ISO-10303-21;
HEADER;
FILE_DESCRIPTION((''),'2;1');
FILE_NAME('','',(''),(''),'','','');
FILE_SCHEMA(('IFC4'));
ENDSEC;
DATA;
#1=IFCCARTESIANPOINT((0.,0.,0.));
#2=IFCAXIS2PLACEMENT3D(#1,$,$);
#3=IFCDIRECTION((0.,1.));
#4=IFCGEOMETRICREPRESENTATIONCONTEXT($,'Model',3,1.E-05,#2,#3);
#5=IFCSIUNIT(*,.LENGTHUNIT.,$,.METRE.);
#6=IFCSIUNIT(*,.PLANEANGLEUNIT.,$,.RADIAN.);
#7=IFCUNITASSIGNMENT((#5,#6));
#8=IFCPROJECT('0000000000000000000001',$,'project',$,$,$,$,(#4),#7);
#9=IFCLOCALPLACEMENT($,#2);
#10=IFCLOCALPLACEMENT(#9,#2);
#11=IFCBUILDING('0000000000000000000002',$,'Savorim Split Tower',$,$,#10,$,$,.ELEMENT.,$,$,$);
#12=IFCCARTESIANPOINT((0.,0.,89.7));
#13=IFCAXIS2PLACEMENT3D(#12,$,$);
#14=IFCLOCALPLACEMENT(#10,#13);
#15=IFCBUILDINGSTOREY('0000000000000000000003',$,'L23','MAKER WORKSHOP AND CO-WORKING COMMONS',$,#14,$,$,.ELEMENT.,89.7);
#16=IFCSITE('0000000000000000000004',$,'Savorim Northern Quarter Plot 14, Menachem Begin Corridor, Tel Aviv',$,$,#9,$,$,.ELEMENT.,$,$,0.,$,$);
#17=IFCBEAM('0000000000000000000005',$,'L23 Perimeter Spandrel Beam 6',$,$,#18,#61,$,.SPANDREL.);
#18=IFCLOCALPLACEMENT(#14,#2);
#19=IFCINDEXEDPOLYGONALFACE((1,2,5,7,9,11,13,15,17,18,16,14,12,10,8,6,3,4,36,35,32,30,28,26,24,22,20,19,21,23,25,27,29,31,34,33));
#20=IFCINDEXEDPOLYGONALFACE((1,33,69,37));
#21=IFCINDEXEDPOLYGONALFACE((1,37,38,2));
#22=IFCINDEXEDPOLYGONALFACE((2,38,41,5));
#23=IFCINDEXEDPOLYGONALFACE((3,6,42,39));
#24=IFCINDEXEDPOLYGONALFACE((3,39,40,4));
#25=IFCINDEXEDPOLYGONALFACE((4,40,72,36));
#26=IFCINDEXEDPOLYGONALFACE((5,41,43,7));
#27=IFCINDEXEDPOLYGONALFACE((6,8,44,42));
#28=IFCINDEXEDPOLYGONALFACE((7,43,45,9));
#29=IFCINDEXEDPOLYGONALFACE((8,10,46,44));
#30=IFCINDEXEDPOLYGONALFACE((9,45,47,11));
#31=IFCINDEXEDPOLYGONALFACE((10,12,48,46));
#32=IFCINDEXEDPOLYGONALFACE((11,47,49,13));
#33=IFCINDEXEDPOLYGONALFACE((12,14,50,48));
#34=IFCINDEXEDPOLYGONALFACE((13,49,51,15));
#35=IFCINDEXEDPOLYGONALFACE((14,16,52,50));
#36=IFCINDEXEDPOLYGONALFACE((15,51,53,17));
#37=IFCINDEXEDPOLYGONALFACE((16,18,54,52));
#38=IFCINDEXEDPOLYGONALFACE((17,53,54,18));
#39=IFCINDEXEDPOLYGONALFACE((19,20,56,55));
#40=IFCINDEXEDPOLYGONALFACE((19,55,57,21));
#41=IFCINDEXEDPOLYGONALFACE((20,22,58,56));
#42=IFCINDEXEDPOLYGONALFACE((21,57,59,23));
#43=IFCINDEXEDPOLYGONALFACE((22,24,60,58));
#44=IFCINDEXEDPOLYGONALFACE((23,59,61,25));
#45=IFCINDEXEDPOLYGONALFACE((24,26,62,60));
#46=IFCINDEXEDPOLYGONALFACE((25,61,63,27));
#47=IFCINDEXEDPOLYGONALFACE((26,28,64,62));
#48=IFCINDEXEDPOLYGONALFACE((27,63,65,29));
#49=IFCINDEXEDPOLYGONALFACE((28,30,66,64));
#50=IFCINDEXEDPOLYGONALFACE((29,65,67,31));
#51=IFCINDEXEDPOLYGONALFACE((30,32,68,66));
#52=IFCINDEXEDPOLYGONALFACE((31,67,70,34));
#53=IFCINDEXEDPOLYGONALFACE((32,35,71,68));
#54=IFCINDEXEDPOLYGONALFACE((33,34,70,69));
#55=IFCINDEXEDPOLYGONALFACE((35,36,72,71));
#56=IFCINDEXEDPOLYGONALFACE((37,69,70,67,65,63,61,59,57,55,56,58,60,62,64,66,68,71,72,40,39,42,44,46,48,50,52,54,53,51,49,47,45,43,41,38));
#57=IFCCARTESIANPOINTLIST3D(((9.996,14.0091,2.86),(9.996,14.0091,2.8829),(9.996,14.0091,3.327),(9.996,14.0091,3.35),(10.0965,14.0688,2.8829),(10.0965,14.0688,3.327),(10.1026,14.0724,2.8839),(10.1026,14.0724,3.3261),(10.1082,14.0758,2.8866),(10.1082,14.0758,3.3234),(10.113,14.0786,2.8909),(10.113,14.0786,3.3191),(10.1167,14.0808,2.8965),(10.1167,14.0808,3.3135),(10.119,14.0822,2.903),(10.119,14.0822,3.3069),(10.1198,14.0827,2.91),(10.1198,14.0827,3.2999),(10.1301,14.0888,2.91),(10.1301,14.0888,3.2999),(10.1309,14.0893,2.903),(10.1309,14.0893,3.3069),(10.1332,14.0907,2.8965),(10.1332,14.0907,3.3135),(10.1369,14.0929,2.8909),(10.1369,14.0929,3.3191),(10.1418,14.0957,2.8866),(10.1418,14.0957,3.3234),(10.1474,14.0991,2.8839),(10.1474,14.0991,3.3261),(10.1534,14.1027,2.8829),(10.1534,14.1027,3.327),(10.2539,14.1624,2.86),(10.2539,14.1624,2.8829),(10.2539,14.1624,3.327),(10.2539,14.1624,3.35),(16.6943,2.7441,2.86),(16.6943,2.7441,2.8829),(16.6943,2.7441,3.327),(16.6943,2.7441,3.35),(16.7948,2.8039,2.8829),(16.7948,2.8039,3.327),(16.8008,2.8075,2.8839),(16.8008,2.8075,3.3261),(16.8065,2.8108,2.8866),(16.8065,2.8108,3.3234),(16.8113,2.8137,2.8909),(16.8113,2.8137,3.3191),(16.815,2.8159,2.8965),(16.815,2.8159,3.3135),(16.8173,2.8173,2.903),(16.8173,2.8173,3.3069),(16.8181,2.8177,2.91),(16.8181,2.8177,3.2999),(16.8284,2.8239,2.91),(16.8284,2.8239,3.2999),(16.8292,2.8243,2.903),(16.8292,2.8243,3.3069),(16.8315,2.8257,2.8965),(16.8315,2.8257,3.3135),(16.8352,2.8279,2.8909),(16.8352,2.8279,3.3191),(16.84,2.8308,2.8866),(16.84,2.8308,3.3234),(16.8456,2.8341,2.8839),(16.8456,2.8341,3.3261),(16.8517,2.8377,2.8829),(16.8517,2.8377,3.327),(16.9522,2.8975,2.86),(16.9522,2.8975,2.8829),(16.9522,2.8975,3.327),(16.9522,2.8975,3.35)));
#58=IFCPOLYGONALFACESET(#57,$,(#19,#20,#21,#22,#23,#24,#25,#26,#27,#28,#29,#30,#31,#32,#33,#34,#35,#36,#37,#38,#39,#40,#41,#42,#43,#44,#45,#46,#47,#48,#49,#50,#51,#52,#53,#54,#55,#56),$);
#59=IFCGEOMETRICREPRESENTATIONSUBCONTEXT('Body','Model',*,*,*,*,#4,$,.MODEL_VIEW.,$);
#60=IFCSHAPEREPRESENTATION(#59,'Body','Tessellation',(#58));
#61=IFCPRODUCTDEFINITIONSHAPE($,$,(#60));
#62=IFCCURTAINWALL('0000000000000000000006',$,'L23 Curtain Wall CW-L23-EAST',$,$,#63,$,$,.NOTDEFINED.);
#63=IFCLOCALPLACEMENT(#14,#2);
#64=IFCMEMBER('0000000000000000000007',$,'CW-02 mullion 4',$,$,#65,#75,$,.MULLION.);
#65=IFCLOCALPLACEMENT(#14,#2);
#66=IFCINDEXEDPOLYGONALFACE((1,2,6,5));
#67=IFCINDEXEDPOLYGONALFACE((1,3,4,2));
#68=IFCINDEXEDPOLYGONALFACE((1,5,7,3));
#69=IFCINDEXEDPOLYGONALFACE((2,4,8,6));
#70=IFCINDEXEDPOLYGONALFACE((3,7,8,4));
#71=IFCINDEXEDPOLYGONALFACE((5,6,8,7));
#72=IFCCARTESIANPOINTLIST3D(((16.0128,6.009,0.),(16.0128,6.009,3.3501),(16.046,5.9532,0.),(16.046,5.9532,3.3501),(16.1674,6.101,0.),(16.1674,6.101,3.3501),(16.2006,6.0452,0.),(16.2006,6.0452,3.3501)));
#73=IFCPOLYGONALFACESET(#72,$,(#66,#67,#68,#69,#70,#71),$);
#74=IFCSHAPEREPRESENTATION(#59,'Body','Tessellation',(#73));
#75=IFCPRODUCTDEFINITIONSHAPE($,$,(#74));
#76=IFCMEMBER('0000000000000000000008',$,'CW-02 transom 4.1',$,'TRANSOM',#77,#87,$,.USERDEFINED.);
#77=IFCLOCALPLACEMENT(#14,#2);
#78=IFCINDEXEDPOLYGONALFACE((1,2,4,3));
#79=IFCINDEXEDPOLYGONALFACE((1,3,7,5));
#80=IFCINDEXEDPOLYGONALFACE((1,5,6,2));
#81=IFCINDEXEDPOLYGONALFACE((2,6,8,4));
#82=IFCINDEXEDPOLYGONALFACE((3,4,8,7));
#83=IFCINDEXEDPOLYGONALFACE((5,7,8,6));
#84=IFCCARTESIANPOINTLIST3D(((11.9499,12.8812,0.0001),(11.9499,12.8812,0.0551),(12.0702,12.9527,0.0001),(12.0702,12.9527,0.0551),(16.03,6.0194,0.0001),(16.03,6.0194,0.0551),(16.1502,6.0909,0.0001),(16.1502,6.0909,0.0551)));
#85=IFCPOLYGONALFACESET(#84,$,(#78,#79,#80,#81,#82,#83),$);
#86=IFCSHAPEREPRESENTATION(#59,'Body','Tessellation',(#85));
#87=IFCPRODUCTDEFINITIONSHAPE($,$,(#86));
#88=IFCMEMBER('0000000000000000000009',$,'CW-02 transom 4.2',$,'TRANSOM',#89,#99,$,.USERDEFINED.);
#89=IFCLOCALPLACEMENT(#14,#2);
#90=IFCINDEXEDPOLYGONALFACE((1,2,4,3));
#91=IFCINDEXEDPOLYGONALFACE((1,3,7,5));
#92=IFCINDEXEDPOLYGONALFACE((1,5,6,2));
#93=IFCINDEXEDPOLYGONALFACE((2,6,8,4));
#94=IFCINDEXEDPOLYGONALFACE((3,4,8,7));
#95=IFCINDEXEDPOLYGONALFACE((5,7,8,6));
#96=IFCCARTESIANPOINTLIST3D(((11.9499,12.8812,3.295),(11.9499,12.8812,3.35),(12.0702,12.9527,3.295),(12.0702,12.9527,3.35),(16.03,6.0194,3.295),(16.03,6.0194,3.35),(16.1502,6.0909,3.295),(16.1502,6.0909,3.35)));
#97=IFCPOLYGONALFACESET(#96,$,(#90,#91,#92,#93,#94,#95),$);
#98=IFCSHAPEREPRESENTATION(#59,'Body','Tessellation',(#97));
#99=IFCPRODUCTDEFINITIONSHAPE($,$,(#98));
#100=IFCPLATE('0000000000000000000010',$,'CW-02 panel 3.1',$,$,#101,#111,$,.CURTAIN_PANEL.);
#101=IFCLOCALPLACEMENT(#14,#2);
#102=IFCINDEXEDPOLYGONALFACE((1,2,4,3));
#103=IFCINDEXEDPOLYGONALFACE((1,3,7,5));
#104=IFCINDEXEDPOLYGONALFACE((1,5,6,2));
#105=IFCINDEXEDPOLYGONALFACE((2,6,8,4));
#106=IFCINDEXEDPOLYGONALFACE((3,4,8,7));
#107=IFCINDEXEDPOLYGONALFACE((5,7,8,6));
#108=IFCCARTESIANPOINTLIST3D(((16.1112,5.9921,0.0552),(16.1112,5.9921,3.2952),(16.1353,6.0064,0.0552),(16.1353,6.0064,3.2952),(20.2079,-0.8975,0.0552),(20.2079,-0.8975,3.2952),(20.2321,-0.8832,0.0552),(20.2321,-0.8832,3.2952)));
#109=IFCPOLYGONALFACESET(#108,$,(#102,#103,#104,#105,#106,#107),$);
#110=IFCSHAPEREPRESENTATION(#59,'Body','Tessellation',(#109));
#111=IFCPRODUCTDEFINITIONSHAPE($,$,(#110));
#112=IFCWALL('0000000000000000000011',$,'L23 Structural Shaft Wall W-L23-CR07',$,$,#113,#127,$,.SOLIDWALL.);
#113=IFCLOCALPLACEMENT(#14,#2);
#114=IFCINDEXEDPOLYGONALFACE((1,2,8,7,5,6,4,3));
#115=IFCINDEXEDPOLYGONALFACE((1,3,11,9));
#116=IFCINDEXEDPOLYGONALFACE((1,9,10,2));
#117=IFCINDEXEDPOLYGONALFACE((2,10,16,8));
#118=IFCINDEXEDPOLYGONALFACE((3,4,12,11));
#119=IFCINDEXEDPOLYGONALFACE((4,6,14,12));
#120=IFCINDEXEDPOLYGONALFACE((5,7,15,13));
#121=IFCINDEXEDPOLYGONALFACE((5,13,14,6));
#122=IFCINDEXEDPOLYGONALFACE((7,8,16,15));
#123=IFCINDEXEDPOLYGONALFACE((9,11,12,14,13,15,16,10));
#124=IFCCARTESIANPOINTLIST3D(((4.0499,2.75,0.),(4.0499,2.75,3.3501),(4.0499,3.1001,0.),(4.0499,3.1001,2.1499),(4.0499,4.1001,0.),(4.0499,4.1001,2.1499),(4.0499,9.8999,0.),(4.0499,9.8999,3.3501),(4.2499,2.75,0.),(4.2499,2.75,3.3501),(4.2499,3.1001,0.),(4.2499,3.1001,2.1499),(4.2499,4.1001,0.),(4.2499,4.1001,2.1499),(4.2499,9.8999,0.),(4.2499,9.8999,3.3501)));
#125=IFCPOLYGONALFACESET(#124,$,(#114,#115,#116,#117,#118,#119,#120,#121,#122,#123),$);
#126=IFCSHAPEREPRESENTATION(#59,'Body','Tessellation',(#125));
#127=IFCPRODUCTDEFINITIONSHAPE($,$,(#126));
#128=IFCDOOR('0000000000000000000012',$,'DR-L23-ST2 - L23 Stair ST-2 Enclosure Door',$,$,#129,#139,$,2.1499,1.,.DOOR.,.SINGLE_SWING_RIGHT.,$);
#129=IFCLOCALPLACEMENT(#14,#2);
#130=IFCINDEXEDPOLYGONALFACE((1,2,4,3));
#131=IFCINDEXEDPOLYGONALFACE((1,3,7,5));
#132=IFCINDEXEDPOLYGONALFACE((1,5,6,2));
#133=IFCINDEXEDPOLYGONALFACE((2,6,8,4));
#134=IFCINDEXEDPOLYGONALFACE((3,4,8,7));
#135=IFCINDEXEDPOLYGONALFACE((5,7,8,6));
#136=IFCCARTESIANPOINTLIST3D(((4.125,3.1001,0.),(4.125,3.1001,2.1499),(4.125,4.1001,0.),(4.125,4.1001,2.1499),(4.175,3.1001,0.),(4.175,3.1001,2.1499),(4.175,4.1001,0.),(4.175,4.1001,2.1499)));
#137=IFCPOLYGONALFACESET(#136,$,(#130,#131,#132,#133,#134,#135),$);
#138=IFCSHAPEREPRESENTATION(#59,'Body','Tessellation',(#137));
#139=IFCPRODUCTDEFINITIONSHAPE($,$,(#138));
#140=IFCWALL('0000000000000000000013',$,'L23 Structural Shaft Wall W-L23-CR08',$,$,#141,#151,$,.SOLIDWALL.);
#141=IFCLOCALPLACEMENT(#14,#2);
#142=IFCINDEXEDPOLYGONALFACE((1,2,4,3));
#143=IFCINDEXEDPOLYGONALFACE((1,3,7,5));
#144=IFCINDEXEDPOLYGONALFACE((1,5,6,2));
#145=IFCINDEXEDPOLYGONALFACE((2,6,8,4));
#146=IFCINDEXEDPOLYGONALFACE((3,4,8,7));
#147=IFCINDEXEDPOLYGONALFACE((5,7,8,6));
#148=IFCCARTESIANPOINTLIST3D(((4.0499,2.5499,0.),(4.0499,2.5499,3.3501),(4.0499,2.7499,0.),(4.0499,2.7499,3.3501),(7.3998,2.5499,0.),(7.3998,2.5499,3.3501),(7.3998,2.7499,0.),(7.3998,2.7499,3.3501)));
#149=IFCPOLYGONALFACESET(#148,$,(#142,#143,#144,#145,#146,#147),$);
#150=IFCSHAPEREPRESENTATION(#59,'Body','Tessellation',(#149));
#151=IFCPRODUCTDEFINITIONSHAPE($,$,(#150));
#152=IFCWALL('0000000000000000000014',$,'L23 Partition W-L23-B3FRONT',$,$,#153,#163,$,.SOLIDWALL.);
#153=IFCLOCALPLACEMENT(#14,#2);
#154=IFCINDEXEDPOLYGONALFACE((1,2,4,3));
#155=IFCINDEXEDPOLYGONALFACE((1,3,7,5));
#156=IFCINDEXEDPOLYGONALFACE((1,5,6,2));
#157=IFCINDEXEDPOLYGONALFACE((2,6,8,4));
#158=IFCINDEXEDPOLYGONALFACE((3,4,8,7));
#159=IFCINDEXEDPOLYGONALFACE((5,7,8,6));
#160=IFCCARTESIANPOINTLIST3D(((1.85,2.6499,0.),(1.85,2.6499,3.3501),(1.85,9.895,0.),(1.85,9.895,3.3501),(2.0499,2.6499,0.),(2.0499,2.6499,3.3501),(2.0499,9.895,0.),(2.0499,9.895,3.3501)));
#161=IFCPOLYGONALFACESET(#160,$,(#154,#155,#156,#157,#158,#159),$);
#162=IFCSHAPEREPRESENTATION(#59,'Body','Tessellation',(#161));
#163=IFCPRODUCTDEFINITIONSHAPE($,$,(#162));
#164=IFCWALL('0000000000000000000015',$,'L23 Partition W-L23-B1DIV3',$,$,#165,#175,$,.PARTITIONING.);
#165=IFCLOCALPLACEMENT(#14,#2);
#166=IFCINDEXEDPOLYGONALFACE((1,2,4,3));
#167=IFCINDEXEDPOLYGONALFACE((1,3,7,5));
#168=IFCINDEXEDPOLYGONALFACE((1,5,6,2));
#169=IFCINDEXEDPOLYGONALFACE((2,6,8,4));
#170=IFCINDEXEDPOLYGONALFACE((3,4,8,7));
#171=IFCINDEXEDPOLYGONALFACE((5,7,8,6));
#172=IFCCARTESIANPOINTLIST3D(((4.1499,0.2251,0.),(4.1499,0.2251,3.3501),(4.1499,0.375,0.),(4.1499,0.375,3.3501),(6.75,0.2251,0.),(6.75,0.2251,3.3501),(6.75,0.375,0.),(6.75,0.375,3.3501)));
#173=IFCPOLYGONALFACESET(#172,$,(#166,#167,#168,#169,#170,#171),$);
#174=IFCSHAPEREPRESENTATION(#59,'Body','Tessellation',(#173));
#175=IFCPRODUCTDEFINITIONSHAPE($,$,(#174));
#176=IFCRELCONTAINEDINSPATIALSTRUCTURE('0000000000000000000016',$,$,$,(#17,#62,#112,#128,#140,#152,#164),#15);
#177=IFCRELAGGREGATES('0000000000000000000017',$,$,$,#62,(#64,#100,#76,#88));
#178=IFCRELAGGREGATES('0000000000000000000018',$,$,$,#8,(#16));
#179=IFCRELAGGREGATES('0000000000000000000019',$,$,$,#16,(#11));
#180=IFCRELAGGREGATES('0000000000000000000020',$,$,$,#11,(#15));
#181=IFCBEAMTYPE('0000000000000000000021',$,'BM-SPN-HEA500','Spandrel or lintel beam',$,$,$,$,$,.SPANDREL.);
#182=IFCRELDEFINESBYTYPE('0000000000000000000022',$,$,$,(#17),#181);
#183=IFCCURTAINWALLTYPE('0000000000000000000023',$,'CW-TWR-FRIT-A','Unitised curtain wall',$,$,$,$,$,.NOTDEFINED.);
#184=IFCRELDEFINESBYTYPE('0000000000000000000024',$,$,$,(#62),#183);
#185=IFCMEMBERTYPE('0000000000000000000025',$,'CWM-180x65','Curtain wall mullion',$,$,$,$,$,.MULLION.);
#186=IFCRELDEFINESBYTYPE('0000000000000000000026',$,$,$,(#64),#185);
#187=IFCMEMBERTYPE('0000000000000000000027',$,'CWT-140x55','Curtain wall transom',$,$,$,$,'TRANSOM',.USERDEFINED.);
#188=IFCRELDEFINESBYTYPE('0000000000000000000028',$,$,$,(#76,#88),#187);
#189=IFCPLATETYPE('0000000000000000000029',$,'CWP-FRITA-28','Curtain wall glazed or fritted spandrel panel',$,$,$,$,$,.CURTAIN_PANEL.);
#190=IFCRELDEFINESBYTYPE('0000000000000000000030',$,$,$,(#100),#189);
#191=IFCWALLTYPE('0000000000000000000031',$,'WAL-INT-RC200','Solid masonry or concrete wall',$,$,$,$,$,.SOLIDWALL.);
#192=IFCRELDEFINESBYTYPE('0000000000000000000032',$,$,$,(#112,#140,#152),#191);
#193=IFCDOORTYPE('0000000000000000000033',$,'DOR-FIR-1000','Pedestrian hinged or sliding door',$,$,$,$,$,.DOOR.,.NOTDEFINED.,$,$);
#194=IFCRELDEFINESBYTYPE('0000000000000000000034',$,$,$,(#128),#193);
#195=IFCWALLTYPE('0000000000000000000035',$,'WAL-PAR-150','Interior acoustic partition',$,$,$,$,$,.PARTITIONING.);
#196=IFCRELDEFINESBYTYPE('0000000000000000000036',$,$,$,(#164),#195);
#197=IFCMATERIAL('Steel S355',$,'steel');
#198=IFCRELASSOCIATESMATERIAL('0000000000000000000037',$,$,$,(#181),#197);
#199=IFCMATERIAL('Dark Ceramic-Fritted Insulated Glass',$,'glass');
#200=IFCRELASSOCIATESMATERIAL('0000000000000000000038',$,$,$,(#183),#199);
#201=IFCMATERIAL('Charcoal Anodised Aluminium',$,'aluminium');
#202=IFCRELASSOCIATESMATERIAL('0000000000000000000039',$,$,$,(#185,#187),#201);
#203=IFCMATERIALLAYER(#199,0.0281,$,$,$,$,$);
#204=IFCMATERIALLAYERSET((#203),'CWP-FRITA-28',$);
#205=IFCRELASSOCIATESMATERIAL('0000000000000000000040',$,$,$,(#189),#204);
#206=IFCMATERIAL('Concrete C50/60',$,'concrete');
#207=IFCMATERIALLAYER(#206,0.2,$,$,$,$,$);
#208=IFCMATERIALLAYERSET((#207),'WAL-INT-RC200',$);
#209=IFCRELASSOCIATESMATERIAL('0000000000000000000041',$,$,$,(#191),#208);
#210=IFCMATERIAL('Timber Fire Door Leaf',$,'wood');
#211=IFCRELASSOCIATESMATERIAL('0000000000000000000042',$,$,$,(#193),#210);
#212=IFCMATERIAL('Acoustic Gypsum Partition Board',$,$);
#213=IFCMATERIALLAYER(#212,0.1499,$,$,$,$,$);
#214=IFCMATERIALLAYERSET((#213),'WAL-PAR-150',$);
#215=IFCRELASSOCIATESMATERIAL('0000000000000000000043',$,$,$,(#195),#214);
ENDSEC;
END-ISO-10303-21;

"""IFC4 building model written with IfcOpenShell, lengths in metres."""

from ifc_helpers import new_model, si_unit, direction, frame, frame_2d, origin, origin_2d, place, context, subcontext, project, spatial, rectangle, i_section, extrude, material, layer, layer_set, material_profile, profile_set, type_object, element, fill, aggregate, save


model = new_model("IFC4")

# Units and contexts
model_context = context("Model", 3, precision=1e-05, world=origin(), true_north=direction((0.0, 1.0)))
body_context = subcontext(model_context, "Body", "Model", "MODEL_VIEW")
ifc_project = project(units=[si_unit("LENGTHUNIT", "METRE"), si_unit("PLANEANGLEUNIT", "RADIAN")], contexts=[model_context])

# Site, building, storey
site_placement = place(None, origin())
site = spatial("IfcSite", under=ifc_project, at=site_placement, Name="Savorim Northern Quarter Plot 14, Menachem Begin Corridor, Tel Aviv", CompositionType="ELEMENT", RefElevation=0.0)
building_placement = place(site_placement, origin())
building = spatial("IfcBuilding", under=site, at=building_placement, Name="Savorim Split Tower", CompositionType="ELEMENT")
storey_placement = place(building_placement, frame((0.0, 0.0, 89.7)))
storey = spatial("IfcBuildingStorey", under=building, at=storey_placement, Name="L23", Description="MAKER WORKSHOP AND CO-WORKING COMMONS", CompositionType="ELEMENT", Elevation=89.7)

# Beam
ifc_material_1 = material(Name="Steel S355", Category="steel")
ifc_material_profile_1 = material_profile(ifc_material_1, i_section(OverallWidth=0.3, OverallDepth=0.49, WebThickness=0.012, FlangeThickness=0.0229, FilletRadius=0.0271, at=origin_2d()), Name="HEA 500")
ifc_profile_set_1 = profile_set([ifc_material_profile_1], Name="Steel S355")
beam_type_1 = type_object("IfcBeamType", Name="BM-SPN-HEA500", Description="Spandrel or lintel beam", PredefinedType="SPANDREL", material=ifc_profile_set_1)
beam_1_placement = place(storey_placement, frame((16.8232, 2.8208, 3.105), z_axis=(-0.511087, 0.859529, 0.0), x_axis=(-0.859529, -0.511087, 0.0)))
element("IfcBeam", 1, at=beam_1_placement, inside=storey, type_object=beam_type_1, Name="L23 Perimeter Spandrel Beam 6", PredefinedType="SPANDREL", context=body_context, shape_type="SweptSolid", body=[
    extrude(i_section(OverallWidth=0.3, OverallDepth=0.49, WebThickness=0.012, FlangeThickness=0.0229, FilletRadius=0.0271, at=origin_2d()), origin(), (0.0, 0.0, 1.0), 13.106),
])

# Curtain wall, members, plate
ifc_material_2 = material(Name="Dark Ceramic-Fritted Insulated Glass", Category="glass")
curtain_wall_type = type_object("IfcCurtainWallType", Name="CW-TWR-FRIT-A", Description="Unitised curtain wall", PredefinedType="NOTDEFINED", material=ifc_material_2)
curtain_wall_placement = place(storey_placement, origin())
curtain_wall = element("IfcCurtainWall", 2, at=curtain_wall_placement, inside=storey, type_object=curtain_wall_type, Name="L23 Curtain Wall CW-L23-EAST", PredefinedType="NOTDEFINED")
ifc_material_3 = material(Name="Charcoal Anodised Aluminium", Category="aluminium")
ifc_material_profile_2 = material_profile(ifc_material_3, rectangle(XDim=0.1799, YDim=0.0649, at=origin_2d()), Name="ALU-M 180x65")
ifc_profile_set_2 = profile_set([ifc_material_profile_2], Name="Charcoal Anodised Aluminium")
member_type_1 = type_object("IfcMemberType", Name="CWM-180x65", Description="Curtain wall mullion", PredefinedType="MULLION", material=ifc_profile_set_2)
member_1_placement = place(storey_placement, frame((16.1067, 6.0271, 0.0), z_axis=(0.0, 0.0, 1.0), x_axis=(-0.859525, -0.511094, 0.0)))
member_1 = element("IfcMember", 3, at=member_1_placement, type_object=member_type_1, Name="CW-02 mullion 4", PredefinedType="MULLION", context=body_context, shape_type="SweptSolid", body=[
    extrude(rectangle(XDim=0.1799, YDim=0.0649, at=origin_2d()), origin(), (0.0, 0.0, 1.0), 3.3501),
])
ifc_material_profile_3 = material_profile(ifc_material_3, rectangle(XDim=0.1399, YDim=0.0549, at=origin_2d()), Name="ALU-T 140x55")
ifc_profile_set_3 = profile_set([ifc_material_profile_3], Name="Charcoal Anodised Aluminium")
member_type_2 = type_object("IfcMemberType", Name="CWT-140x55", Description="Curtain wall transom", ElementType="TRANSOM", PredefinedType="USERDEFINED", material=ifc_profile_set_3)
member_2_placement = place(storey_placement, frame((16.0901, 6.0552, 0.0276), z_axis=(-0.511083, 0.859532, 0.0), x_axis=(-0.859532, -0.511083, 0.0)))
member_2 = element("IfcMember", 4, at=member_2_placement, type_object=member_type_2, Name="CW-02 transom 4.1", ObjectType="TRANSOM", PredefinedType="USERDEFINED", context=body_context, shape_type="SweptSolid", body=[
    extrude(rectangle(XDim=0.1399, YDim=0.0549, at=origin_2d()), origin(), (0.0, 0.0, 1.0), 7.9832),
])
member_3_placement = place(storey_placement, frame((16.0901, 6.0552, 3.3225), z_axis=(-0.511083, 0.859532, 0.0), x_axis=(-0.859532, -0.511083, 0.0)))
member_3 = element("IfcMember", 5, at=member_3_placement, type_object=member_type_2, Name="CW-02 transom 4.2", ObjectType="TRANSOM", PredefinedType="USERDEFINED", context=body_context, shape_type="SweptSolid", body=[
    extrude(rectangle(XDim=0.1399, YDim=0.0549, at=origin_2d()), origin(), (0.0, 0.0, 1.0), 7.9832),
])
ifc_layer_1 = layer(ifc_material_2, 0.0281)
ifc_layer_set_1 = layer_set([ifc_layer_1], Name="CWP-FRITA-28")
plate_type = type_object("IfcPlateType", Name="CWP-FRITA-28", Description="Curtain wall glazed or fritted spandrel panel", PredefinedType="CURTAIN_PANEL", material=ifc_layer_set_1)
plate_placement = place(storey_placement, frame((18.1716, 2.5544, 0.0552), z_axis=(0.0, 0.0, 1.0), x_axis=(-0.511094, 0.859525, 0.0)))
plate = element("IfcPlate", 6, at=plate_placement, type_object=plate_type, Name="CW-02 panel 3.1", PredefinedType="CURTAIN_PANEL", context=body_context, shape_type="SweptSolid", body=[
    extrude(rectangle(XDim=8.0156, YDim=0.0281, at=origin_2d()), origin(), (0.0, 0.0, 1.0), 3.24),
])
aggregate(curtain_wall, [member_1, plate, member_2, member_3])

# Wall, opening, door
ifc_material_4 = material(Name="Concrete C50/60", Category="concrete")
ifc_layer_2 = layer(ifc_material_4, 0.2)
ifc_layer_set_2 = layer_set([ifc_layer_2], Name="WAL-INT-RC200")
wall_type_1 = type_object("IfcWallType", Name="WAL-INT-RC200", Description="Solid masonry or concrete wall", PredefinedType="SOLIDWALL", material=ifc_layer_set_2)
wall_1_placement = place(storey_placement, frame((4.1499, 2.75, 0.0), z_axis=(0.0, 0.0, 1.0), x_axis=(0.0, 1.0, 0.0)))
wall_1 = element("IfcWall", 7, at=wall_1_placement, inside=storey, type_object=wall_type_1, Name="L23 Structural Shaft Wall W-L23-CR07", PredefinedType="SOLIDWALL", context=body_context, shape_type="SweptSolid", body=[
    extrude(rectangle(XDim=7.1499, YDim=0.2, at=frame_2d((3.575, 0.0))), origin(), (0.0, 0.0, 1.0), 3.3501),
])
opening_placement = place(wall_1_placement, frame((0.3501, 0.0, 0.0)))
opening = element("IfcOpeningElement", 8, at=opening_placement, cuts=wall_1, PredefinedType="OPENING", context=body_context, shape_type="SweptSolid", body=[
    extrude(rectangle(XDim=1.0, YDim=2.1499, at=frame_2d((0.5, 1.075))), frame((0.0, 0.1099, 0.0), z_axis=(0.0, -1.0, 0.0), x_axis=(1.0, 0.0, 0.0)), (0.0, 0.0, 1.0), 0.22),
])
ifc_material_5 = material(Name="Timber Fire Door Leaf", Category="wood")
door_type = type_object("IfcDoorType", Name="DOR-FIR-1000", Description="Pedestrian hinged or sliding door", OperationType="NOTDEFINED", PredefinedType="DOOR", material=ifc_material_5)
door_placement = place(opening_placement, origin())
door = element("IfcDoor", 9, at=door_placement, inside=storey, type_object=door_type, Name="DR-L23-ST2 - L23 Stair ST-2 Enclosure Door", OperationType="SINGLE_SWING_RIGHT", OverallHeight=2.1499, OverallWidth=1.0, PredefinedType="DOOR", context=body_context, shape_type="SweptSolid", body=[
    extrude(rectangle(XDim=1.0, YDim=2.1499, at=frame_2d((0.5, 1.075))), frame((0.0, 0.0249, 0.0), z_axis=(0.0, -1.0, 0.0), x_axis=(1.0, 0.0, 0.0)), (0.0, 0.0, 1.0), 0.05),
])
fill(opening, door)

# Walls
wall_2_placement = place(storey_placement, frame((4.05, 2.6499, 0.0), z_axis=(0.0, 0.0, 1.0), x_axis=(1.0, 0.0, 0.0)))
element("IfcWall", 10, at=wall_2_placement, inside=storey, type_object=wall_type_1, Name="L23 Structural Shaft Wall W-L23-CR08", PredefinedType="SOLIDWALL", context=body_context, shape_type="SweptSolid", body=[
    extrude(rectangle(XDim=3.3499, YDim=0.2, at=frame_2d((1.6748, 0.0))), origin(), (0.0, 0.0, 1.0), 3.3501),
])
wall_3_placement = place(storey_placement, frame((1.95, 2.6499, 0.0), z_axis=(0.0, 0.0, 1.0), x_axis=(0.0, 1.0, 0.0)))
element("IfcWall", 11, at=wall_3_placement, inside=storey, type_object=wall_type_1, Name="L23 Partition W-L23-B3FRONT", PredefinedType="SOLIDWALL", context=body_context, shape_type="SweptSolid", body=[
    extrude(rectangle(XDim=7.2451, YDim=0.2, at=frame_2d((3.6226, 0.0))), origin(), (0.0, 0.0, 1.0), 3.3501),
])
ifc_material_6 = material(Name="Acoustic Gypsum Partition Board")
ifc_layer_3 = layer(ifc_material_6, 0.1499)
ifc_layer_set_3 = layer_set([ifc_layer_3], Name="WAL-PAR-150")
wall_type_2 = type_object("IfcWallType", Name="WAL-PAR-150", Description="Interior acoustic partition", PredefinedType="PARTITIONING", material=ifc_layer_set_3)
wall_4_placement = place(storey_placement, frame((4.1499, 0.3, 0.0), z_axis=(0.0, 0.0, 1.0), x_axis=(1.0, 0.0, 0.0)))
element("IfcWall", 12, at=wall_4_placement, inside=storey, type_object=wall_type_2, Name="L23 Partition W-L23-B1DIV3", PredefinedType="PARTITIONING", context=body_context, shape_type="SweptSolid", body=[
    extrude(rectangle(XDim=2.6001, YDim=0.1499, at=frame_2d((1.3, 0.0))), origin(), (0.0, 0.0, 1.0), 3.3501),
])

save(model, "model.ifc")
